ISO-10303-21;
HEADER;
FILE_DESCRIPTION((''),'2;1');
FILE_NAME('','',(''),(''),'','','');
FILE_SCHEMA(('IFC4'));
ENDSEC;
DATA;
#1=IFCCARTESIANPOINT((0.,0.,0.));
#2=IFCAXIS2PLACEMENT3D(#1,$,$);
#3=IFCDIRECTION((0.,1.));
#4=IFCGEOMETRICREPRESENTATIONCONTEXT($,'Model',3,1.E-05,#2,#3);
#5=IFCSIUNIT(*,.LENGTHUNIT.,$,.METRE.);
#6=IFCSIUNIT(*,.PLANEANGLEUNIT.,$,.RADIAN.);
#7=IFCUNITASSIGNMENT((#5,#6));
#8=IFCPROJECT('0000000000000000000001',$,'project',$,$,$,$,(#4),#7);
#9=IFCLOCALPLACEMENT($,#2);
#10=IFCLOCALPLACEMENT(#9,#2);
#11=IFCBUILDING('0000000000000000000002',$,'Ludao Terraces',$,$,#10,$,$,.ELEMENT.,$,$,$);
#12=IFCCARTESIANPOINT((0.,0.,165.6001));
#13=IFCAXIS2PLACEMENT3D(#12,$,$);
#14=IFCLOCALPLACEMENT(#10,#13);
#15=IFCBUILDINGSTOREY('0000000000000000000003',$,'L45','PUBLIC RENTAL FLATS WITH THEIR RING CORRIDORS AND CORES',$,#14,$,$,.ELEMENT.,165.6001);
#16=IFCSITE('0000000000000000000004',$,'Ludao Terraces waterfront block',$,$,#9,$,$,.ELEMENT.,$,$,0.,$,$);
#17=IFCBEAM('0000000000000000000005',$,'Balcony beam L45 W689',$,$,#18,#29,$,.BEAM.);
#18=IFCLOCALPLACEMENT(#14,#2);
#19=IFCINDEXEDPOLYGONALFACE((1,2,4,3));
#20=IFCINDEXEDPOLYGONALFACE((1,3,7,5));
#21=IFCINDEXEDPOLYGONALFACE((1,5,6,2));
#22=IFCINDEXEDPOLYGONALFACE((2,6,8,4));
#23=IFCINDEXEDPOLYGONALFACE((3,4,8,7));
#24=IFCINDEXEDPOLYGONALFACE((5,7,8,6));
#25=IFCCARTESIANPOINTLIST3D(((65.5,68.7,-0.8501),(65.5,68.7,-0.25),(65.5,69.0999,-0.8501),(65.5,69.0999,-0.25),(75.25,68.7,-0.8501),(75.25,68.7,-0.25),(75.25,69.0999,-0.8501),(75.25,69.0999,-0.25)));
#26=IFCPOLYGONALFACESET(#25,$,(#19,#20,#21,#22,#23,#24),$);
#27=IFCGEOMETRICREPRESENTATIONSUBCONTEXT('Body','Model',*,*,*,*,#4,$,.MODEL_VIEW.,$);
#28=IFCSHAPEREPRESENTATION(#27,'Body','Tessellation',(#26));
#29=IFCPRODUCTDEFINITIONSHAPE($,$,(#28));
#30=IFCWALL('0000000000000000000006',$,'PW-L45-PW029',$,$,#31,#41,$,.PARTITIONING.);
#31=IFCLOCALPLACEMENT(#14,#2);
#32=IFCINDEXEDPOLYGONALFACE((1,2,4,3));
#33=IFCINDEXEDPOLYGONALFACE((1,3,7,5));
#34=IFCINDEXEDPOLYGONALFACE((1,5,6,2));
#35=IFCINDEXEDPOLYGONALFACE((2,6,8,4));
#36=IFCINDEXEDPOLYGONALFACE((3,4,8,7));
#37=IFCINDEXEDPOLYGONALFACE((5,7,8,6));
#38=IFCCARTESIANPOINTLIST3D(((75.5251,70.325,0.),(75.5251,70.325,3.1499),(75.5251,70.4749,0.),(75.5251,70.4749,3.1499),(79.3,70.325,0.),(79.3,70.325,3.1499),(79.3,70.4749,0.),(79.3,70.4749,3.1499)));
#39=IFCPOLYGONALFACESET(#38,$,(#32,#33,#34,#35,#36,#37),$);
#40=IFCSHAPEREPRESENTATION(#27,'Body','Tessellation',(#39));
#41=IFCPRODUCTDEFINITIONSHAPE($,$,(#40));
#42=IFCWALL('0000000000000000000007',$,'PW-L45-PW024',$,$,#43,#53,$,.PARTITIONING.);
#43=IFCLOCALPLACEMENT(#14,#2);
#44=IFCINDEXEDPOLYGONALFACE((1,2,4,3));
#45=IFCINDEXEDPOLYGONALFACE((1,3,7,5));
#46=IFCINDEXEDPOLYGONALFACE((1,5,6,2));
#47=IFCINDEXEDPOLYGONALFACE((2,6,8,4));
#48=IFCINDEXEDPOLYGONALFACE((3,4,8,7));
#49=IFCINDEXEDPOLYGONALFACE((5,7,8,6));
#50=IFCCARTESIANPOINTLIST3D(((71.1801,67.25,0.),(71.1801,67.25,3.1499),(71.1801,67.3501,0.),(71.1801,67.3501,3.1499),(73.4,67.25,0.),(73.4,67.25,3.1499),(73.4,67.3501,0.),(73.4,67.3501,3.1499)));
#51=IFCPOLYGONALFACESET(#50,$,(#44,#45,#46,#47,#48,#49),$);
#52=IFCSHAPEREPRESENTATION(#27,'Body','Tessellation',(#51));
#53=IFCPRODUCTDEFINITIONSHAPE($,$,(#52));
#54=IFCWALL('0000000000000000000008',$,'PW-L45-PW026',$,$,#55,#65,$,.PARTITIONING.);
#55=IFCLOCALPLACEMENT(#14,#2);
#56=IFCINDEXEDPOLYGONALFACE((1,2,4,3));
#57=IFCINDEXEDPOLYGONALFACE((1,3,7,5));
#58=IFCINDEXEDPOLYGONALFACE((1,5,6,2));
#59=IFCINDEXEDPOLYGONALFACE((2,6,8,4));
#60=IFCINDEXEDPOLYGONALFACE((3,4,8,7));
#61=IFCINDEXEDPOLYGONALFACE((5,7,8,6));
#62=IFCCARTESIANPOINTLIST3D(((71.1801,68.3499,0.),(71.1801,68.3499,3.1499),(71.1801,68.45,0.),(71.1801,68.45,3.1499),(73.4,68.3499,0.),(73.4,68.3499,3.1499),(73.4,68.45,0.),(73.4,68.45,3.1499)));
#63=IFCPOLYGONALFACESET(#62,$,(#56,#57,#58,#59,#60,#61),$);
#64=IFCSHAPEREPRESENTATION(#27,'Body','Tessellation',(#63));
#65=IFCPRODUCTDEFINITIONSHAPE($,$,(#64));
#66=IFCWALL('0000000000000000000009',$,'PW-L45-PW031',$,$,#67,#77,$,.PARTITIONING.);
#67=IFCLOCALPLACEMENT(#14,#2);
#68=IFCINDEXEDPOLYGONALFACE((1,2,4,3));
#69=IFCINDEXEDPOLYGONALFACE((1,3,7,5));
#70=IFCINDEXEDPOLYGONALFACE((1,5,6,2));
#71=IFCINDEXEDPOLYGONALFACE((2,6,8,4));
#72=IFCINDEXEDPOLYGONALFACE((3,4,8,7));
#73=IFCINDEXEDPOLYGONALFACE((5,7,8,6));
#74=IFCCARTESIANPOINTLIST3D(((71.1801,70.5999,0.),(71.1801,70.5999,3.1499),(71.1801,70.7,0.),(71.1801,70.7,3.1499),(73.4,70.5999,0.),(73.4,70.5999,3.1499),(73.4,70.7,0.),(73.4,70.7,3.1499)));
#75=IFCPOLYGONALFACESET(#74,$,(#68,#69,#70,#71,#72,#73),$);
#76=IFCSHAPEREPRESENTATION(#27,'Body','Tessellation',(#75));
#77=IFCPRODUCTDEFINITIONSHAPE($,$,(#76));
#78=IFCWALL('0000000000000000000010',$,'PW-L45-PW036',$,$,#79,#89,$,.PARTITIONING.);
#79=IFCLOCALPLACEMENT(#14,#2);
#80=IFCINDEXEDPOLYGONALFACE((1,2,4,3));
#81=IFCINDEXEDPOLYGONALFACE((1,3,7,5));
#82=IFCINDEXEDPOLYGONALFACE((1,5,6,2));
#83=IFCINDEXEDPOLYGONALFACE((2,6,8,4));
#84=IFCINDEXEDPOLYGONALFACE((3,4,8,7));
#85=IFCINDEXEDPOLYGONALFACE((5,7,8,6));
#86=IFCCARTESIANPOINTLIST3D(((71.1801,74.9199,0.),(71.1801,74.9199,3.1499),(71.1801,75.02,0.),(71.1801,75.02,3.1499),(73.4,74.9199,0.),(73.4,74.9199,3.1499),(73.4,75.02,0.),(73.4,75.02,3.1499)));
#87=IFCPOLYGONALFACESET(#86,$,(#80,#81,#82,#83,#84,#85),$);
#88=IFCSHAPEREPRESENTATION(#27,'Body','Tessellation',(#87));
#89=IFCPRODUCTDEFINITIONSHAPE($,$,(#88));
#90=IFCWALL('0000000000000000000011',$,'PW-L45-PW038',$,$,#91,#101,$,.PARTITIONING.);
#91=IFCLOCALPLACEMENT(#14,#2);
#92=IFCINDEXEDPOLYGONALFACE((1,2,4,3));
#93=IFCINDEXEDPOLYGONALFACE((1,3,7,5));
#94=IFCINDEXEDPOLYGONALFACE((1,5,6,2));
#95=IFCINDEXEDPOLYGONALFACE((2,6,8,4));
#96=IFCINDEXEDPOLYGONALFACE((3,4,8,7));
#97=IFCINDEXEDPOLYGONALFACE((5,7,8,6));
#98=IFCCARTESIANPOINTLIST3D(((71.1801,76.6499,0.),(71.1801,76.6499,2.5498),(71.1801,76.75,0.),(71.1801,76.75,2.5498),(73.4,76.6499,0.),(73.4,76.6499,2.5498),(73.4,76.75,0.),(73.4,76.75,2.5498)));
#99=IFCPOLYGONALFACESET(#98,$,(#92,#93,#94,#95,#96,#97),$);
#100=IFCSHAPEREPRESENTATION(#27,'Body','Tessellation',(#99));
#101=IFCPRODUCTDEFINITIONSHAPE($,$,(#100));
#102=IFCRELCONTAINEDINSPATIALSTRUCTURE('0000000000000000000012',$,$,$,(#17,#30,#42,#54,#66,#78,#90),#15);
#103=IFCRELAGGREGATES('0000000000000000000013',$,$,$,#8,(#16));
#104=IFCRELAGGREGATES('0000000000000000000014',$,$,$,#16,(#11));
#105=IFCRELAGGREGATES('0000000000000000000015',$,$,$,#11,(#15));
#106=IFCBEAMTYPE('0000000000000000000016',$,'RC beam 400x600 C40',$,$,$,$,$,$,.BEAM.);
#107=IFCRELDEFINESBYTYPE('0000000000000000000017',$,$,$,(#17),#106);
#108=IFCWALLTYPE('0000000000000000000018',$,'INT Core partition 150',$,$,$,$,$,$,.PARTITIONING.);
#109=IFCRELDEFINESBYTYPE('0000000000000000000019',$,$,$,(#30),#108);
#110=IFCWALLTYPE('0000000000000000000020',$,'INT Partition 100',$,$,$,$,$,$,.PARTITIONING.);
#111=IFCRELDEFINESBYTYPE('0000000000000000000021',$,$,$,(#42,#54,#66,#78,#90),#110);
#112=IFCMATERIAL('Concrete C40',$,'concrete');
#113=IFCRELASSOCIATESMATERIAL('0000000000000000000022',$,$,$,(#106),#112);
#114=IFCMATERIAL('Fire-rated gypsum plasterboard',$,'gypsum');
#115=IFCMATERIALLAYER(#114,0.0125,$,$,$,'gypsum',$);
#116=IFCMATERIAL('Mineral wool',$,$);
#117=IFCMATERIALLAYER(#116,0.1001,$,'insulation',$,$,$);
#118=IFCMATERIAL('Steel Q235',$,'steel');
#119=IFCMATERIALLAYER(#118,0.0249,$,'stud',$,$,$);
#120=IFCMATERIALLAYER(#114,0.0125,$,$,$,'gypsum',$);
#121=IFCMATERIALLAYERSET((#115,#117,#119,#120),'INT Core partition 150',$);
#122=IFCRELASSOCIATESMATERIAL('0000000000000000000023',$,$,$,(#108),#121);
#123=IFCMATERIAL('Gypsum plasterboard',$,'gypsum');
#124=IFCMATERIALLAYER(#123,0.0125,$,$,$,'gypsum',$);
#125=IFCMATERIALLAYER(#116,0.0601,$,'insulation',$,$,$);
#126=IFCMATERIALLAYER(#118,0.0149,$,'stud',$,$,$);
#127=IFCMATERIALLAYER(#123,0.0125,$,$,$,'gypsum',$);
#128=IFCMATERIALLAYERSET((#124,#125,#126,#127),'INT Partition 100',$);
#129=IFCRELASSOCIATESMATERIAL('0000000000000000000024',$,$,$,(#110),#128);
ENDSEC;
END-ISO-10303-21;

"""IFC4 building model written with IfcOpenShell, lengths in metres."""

from ifc_helpers import new_model, si_unit, direction, frame, frame_2d, origin, origin_2d, place, context, subcontext, project, spatial, rectangle, extrude, material, layer, layer_set, material_profile, profile_set, type_object, element, save


model = new_model("IFC4")

# Units and contexts
model_context = context("Model", 3, precision=1e-05, world=origin(), true_north=direction((0.0, 1.0)))
body_context = subcontext(model_context, "Body", "Model", "MODEL_VIEW")
ifc_project = project(units=[si_unit("LENGTHUNIT", "METRE"), si_unit("PLANEANGLEUNIT", "RADIAN")], contexts=[model_context])

# Site, building, storey
site_placement = place(None, origin())
site = spatial("IfcSite", under=ifc_project, at=site_placement, Name="Ludao Terraces waterfront block", CompositionType="ELEMENT", RefElevation=0.0)
building_placement = place(site_placement, origin())
building = spatial("IfcBuilding", under=site, at=building_placement, Name="Ludao Terraces", CompositionType="ELEMENT")
storey_placement = place(building_placement, frame((0.0, 0.0, 165.6001)))
storey = spatial("IfcBuildingStorey", under=building, at=storey_placement, Name="L45", Description="PUBLIC RENTAL FLATS WITH THEIR RING CORRIDORS AND CORES", CompositionType="ELEMENT", Elevation=165.6001)

# Beam
ifc_material_1 = material(Name="Concrete C40", Category="concrete")
ifc_material_profile = material_profile(ifc_material_1, rectangle(XDim=0.3999, YDim=0.6001, at=origin_2d()), Name="400 X 600")
ifc_profile_set = profile_set([ifc_material_profile], Name="Concrete C40")
beam_type = type_object("IfcBeamType", Name="RC beam 400x600 C40", PredefinedType="BEAM", material=ifc_profile_set)
beam_placement = place(storey_placement, frame((75.25, 68.8999, -0.55), z_axis=(-1.0, 0.0, 0.0), x_axis=(0.0, -1.0, 0.0)))
element("IfcBeam", 1, at=beam_placement, inside=storey, type_object=beam_type, Name="Balcony beam L45 W689", PredefinedType="BEAM", context=body_context, shape_type="SweptSolid", body=[
    extrude(rectangle(XDim=0.3999, YDim=0.6001, at=origin_2d()), origin(), (0.0, 0.0, 1.0), 9.75),
])

# Walls
ifc_material_2 = material(Name="Fire-rated gypsum plasterboard", Category="gypsum")
ifc_layer_1 = layer(ifc_material_2, 0.0125, Category="gypsum")
ifc_material_3 = material(Name="Mineral wool")
ifc_layer_2 = layer(ifc_material_3, 0.1001, Name="insulation")
ifc_material_4 = material(Name="Steel Q235", Category="steel")
ifc_layer_3 = layer(ifc_material_4, 0.0249, Name="stud")
ifc_layer_4 = layer(ifc_material_2, 0.0125, Category="gypsum")
ifc_layer_set_1 = layer_set([ifc_layer_1, ifc_layer_2, ifc_layer_3, ifc_layer_4], Name="INT Core partition 150")
wall_type_1 = type_object("IfcWallType", Name="INT Core partition 150", PredefinedType="PARTITIONING", material=ifc_layer_set_1)
wall_1_placement = place(storey_placement, frame((75.5251, 70.3999, 0.0), z_axis=(0.0, 0.0, 1.0), x_axis=(1.0, 0.0, 0.0)))
element("IfcWall", 2, at=wall_1_placement, inside=storey, type_object=wall_type_1, Name="PW-L45-PW029", PredefinedType="PARTITIONING", context=body_context, shape_type="SweptSolid", body=[
    extrude(rectangle(XDim=3.7749, YDim=0.1499, at=frame_2d((1.8875, 0.0))), origin(), (0.0, 0.0, 1.0), 3.1499),
])
ifc_material_5 = material(Name="Gypsum plasterboard", Category="gypsum")
ifc_layer_5 = layer(ifc_material_5, 0.0125, Category="gypsum")
ifc_layer_6 = layer(ifc_material_3, 0.0601, Name="insulation")
ifc_layer_7 = layer(ifc_material_4, 0.0149, Name="stud")
ifc_layer_8 = layer(ifc_material_5, 0.0125, Category="gypsum")
ifc_layer_set_2 = layer_set([ifc_layer_5, ifc_layer_6, ifc_layer_7, ifc_layer_8], Name="INT Partition 100")
wall_type_2 = type_object("IfcWallType", Name="INT Partition 100", PredefinedType="PARTITIONING", material=ifc_layer_set_2)
for number, where, z_axis, x_axis, name in (
    (3, (71.1802, 67.3, 0.0), (0.0, 0.0, 1.0), (1.0, 0.0, 0.0), "PW-L45-PW024"),
    (4, (71.1802, 68.3999, 0.0), (0.0, 0.0, 1.0), (1.0, 0.0, 0.0), "PW-L45-PW026"),
    (5, (71.1802, 70.6499, 0.0), (0.0, 0.0, 1.0), (1.0, 0.0, 0.0), "PW-L45-PW031"),
    (6, (71.1802, 74.97, 0.0), (0.0, 0.0, 1.0), (1.0, 0.0, 0.0), "PW-L45-PW036"),
):
    element("IfcWall", number, at=place(storey_placement, frame(where, z_axis=z_axis, x_axis=x_axis)), inside=storey, type_object=wall_type_2, Name=name, PredefinedType="PARTITIONING", context=body_context, shape_type="SweptSolid", body=[
        extrude(rectangle(XDim=2.22, YDim=0.1001, at=frame_2d((1.1099, 0.0))), origin(), (0.0, 0.0, 1.0), 3.1499),
    ])
wall_2_placement = place(storey_placement, frame((71.1802, 76.7, 0.0), z_axis=(0.0, 0.0, 1.0), x_axis=(1.0, 0.0, 0.0)))
element("IfcWall", 7, at=wall_2_placement, inside=storey, type_object=wall_type_2, Name="PW-L45-PW038", PredefinedType="PARTITIONING", context=body_context, shape_type="SweptSolid", body=[
    extrude(rectangle(XDim=2.22, YDim=0.1001, at=frame_2d((1.1099, 0.0))), origin(), (0.0, 0.0, 1.0), 2.5498),
])

save(model, "model.ifc")
